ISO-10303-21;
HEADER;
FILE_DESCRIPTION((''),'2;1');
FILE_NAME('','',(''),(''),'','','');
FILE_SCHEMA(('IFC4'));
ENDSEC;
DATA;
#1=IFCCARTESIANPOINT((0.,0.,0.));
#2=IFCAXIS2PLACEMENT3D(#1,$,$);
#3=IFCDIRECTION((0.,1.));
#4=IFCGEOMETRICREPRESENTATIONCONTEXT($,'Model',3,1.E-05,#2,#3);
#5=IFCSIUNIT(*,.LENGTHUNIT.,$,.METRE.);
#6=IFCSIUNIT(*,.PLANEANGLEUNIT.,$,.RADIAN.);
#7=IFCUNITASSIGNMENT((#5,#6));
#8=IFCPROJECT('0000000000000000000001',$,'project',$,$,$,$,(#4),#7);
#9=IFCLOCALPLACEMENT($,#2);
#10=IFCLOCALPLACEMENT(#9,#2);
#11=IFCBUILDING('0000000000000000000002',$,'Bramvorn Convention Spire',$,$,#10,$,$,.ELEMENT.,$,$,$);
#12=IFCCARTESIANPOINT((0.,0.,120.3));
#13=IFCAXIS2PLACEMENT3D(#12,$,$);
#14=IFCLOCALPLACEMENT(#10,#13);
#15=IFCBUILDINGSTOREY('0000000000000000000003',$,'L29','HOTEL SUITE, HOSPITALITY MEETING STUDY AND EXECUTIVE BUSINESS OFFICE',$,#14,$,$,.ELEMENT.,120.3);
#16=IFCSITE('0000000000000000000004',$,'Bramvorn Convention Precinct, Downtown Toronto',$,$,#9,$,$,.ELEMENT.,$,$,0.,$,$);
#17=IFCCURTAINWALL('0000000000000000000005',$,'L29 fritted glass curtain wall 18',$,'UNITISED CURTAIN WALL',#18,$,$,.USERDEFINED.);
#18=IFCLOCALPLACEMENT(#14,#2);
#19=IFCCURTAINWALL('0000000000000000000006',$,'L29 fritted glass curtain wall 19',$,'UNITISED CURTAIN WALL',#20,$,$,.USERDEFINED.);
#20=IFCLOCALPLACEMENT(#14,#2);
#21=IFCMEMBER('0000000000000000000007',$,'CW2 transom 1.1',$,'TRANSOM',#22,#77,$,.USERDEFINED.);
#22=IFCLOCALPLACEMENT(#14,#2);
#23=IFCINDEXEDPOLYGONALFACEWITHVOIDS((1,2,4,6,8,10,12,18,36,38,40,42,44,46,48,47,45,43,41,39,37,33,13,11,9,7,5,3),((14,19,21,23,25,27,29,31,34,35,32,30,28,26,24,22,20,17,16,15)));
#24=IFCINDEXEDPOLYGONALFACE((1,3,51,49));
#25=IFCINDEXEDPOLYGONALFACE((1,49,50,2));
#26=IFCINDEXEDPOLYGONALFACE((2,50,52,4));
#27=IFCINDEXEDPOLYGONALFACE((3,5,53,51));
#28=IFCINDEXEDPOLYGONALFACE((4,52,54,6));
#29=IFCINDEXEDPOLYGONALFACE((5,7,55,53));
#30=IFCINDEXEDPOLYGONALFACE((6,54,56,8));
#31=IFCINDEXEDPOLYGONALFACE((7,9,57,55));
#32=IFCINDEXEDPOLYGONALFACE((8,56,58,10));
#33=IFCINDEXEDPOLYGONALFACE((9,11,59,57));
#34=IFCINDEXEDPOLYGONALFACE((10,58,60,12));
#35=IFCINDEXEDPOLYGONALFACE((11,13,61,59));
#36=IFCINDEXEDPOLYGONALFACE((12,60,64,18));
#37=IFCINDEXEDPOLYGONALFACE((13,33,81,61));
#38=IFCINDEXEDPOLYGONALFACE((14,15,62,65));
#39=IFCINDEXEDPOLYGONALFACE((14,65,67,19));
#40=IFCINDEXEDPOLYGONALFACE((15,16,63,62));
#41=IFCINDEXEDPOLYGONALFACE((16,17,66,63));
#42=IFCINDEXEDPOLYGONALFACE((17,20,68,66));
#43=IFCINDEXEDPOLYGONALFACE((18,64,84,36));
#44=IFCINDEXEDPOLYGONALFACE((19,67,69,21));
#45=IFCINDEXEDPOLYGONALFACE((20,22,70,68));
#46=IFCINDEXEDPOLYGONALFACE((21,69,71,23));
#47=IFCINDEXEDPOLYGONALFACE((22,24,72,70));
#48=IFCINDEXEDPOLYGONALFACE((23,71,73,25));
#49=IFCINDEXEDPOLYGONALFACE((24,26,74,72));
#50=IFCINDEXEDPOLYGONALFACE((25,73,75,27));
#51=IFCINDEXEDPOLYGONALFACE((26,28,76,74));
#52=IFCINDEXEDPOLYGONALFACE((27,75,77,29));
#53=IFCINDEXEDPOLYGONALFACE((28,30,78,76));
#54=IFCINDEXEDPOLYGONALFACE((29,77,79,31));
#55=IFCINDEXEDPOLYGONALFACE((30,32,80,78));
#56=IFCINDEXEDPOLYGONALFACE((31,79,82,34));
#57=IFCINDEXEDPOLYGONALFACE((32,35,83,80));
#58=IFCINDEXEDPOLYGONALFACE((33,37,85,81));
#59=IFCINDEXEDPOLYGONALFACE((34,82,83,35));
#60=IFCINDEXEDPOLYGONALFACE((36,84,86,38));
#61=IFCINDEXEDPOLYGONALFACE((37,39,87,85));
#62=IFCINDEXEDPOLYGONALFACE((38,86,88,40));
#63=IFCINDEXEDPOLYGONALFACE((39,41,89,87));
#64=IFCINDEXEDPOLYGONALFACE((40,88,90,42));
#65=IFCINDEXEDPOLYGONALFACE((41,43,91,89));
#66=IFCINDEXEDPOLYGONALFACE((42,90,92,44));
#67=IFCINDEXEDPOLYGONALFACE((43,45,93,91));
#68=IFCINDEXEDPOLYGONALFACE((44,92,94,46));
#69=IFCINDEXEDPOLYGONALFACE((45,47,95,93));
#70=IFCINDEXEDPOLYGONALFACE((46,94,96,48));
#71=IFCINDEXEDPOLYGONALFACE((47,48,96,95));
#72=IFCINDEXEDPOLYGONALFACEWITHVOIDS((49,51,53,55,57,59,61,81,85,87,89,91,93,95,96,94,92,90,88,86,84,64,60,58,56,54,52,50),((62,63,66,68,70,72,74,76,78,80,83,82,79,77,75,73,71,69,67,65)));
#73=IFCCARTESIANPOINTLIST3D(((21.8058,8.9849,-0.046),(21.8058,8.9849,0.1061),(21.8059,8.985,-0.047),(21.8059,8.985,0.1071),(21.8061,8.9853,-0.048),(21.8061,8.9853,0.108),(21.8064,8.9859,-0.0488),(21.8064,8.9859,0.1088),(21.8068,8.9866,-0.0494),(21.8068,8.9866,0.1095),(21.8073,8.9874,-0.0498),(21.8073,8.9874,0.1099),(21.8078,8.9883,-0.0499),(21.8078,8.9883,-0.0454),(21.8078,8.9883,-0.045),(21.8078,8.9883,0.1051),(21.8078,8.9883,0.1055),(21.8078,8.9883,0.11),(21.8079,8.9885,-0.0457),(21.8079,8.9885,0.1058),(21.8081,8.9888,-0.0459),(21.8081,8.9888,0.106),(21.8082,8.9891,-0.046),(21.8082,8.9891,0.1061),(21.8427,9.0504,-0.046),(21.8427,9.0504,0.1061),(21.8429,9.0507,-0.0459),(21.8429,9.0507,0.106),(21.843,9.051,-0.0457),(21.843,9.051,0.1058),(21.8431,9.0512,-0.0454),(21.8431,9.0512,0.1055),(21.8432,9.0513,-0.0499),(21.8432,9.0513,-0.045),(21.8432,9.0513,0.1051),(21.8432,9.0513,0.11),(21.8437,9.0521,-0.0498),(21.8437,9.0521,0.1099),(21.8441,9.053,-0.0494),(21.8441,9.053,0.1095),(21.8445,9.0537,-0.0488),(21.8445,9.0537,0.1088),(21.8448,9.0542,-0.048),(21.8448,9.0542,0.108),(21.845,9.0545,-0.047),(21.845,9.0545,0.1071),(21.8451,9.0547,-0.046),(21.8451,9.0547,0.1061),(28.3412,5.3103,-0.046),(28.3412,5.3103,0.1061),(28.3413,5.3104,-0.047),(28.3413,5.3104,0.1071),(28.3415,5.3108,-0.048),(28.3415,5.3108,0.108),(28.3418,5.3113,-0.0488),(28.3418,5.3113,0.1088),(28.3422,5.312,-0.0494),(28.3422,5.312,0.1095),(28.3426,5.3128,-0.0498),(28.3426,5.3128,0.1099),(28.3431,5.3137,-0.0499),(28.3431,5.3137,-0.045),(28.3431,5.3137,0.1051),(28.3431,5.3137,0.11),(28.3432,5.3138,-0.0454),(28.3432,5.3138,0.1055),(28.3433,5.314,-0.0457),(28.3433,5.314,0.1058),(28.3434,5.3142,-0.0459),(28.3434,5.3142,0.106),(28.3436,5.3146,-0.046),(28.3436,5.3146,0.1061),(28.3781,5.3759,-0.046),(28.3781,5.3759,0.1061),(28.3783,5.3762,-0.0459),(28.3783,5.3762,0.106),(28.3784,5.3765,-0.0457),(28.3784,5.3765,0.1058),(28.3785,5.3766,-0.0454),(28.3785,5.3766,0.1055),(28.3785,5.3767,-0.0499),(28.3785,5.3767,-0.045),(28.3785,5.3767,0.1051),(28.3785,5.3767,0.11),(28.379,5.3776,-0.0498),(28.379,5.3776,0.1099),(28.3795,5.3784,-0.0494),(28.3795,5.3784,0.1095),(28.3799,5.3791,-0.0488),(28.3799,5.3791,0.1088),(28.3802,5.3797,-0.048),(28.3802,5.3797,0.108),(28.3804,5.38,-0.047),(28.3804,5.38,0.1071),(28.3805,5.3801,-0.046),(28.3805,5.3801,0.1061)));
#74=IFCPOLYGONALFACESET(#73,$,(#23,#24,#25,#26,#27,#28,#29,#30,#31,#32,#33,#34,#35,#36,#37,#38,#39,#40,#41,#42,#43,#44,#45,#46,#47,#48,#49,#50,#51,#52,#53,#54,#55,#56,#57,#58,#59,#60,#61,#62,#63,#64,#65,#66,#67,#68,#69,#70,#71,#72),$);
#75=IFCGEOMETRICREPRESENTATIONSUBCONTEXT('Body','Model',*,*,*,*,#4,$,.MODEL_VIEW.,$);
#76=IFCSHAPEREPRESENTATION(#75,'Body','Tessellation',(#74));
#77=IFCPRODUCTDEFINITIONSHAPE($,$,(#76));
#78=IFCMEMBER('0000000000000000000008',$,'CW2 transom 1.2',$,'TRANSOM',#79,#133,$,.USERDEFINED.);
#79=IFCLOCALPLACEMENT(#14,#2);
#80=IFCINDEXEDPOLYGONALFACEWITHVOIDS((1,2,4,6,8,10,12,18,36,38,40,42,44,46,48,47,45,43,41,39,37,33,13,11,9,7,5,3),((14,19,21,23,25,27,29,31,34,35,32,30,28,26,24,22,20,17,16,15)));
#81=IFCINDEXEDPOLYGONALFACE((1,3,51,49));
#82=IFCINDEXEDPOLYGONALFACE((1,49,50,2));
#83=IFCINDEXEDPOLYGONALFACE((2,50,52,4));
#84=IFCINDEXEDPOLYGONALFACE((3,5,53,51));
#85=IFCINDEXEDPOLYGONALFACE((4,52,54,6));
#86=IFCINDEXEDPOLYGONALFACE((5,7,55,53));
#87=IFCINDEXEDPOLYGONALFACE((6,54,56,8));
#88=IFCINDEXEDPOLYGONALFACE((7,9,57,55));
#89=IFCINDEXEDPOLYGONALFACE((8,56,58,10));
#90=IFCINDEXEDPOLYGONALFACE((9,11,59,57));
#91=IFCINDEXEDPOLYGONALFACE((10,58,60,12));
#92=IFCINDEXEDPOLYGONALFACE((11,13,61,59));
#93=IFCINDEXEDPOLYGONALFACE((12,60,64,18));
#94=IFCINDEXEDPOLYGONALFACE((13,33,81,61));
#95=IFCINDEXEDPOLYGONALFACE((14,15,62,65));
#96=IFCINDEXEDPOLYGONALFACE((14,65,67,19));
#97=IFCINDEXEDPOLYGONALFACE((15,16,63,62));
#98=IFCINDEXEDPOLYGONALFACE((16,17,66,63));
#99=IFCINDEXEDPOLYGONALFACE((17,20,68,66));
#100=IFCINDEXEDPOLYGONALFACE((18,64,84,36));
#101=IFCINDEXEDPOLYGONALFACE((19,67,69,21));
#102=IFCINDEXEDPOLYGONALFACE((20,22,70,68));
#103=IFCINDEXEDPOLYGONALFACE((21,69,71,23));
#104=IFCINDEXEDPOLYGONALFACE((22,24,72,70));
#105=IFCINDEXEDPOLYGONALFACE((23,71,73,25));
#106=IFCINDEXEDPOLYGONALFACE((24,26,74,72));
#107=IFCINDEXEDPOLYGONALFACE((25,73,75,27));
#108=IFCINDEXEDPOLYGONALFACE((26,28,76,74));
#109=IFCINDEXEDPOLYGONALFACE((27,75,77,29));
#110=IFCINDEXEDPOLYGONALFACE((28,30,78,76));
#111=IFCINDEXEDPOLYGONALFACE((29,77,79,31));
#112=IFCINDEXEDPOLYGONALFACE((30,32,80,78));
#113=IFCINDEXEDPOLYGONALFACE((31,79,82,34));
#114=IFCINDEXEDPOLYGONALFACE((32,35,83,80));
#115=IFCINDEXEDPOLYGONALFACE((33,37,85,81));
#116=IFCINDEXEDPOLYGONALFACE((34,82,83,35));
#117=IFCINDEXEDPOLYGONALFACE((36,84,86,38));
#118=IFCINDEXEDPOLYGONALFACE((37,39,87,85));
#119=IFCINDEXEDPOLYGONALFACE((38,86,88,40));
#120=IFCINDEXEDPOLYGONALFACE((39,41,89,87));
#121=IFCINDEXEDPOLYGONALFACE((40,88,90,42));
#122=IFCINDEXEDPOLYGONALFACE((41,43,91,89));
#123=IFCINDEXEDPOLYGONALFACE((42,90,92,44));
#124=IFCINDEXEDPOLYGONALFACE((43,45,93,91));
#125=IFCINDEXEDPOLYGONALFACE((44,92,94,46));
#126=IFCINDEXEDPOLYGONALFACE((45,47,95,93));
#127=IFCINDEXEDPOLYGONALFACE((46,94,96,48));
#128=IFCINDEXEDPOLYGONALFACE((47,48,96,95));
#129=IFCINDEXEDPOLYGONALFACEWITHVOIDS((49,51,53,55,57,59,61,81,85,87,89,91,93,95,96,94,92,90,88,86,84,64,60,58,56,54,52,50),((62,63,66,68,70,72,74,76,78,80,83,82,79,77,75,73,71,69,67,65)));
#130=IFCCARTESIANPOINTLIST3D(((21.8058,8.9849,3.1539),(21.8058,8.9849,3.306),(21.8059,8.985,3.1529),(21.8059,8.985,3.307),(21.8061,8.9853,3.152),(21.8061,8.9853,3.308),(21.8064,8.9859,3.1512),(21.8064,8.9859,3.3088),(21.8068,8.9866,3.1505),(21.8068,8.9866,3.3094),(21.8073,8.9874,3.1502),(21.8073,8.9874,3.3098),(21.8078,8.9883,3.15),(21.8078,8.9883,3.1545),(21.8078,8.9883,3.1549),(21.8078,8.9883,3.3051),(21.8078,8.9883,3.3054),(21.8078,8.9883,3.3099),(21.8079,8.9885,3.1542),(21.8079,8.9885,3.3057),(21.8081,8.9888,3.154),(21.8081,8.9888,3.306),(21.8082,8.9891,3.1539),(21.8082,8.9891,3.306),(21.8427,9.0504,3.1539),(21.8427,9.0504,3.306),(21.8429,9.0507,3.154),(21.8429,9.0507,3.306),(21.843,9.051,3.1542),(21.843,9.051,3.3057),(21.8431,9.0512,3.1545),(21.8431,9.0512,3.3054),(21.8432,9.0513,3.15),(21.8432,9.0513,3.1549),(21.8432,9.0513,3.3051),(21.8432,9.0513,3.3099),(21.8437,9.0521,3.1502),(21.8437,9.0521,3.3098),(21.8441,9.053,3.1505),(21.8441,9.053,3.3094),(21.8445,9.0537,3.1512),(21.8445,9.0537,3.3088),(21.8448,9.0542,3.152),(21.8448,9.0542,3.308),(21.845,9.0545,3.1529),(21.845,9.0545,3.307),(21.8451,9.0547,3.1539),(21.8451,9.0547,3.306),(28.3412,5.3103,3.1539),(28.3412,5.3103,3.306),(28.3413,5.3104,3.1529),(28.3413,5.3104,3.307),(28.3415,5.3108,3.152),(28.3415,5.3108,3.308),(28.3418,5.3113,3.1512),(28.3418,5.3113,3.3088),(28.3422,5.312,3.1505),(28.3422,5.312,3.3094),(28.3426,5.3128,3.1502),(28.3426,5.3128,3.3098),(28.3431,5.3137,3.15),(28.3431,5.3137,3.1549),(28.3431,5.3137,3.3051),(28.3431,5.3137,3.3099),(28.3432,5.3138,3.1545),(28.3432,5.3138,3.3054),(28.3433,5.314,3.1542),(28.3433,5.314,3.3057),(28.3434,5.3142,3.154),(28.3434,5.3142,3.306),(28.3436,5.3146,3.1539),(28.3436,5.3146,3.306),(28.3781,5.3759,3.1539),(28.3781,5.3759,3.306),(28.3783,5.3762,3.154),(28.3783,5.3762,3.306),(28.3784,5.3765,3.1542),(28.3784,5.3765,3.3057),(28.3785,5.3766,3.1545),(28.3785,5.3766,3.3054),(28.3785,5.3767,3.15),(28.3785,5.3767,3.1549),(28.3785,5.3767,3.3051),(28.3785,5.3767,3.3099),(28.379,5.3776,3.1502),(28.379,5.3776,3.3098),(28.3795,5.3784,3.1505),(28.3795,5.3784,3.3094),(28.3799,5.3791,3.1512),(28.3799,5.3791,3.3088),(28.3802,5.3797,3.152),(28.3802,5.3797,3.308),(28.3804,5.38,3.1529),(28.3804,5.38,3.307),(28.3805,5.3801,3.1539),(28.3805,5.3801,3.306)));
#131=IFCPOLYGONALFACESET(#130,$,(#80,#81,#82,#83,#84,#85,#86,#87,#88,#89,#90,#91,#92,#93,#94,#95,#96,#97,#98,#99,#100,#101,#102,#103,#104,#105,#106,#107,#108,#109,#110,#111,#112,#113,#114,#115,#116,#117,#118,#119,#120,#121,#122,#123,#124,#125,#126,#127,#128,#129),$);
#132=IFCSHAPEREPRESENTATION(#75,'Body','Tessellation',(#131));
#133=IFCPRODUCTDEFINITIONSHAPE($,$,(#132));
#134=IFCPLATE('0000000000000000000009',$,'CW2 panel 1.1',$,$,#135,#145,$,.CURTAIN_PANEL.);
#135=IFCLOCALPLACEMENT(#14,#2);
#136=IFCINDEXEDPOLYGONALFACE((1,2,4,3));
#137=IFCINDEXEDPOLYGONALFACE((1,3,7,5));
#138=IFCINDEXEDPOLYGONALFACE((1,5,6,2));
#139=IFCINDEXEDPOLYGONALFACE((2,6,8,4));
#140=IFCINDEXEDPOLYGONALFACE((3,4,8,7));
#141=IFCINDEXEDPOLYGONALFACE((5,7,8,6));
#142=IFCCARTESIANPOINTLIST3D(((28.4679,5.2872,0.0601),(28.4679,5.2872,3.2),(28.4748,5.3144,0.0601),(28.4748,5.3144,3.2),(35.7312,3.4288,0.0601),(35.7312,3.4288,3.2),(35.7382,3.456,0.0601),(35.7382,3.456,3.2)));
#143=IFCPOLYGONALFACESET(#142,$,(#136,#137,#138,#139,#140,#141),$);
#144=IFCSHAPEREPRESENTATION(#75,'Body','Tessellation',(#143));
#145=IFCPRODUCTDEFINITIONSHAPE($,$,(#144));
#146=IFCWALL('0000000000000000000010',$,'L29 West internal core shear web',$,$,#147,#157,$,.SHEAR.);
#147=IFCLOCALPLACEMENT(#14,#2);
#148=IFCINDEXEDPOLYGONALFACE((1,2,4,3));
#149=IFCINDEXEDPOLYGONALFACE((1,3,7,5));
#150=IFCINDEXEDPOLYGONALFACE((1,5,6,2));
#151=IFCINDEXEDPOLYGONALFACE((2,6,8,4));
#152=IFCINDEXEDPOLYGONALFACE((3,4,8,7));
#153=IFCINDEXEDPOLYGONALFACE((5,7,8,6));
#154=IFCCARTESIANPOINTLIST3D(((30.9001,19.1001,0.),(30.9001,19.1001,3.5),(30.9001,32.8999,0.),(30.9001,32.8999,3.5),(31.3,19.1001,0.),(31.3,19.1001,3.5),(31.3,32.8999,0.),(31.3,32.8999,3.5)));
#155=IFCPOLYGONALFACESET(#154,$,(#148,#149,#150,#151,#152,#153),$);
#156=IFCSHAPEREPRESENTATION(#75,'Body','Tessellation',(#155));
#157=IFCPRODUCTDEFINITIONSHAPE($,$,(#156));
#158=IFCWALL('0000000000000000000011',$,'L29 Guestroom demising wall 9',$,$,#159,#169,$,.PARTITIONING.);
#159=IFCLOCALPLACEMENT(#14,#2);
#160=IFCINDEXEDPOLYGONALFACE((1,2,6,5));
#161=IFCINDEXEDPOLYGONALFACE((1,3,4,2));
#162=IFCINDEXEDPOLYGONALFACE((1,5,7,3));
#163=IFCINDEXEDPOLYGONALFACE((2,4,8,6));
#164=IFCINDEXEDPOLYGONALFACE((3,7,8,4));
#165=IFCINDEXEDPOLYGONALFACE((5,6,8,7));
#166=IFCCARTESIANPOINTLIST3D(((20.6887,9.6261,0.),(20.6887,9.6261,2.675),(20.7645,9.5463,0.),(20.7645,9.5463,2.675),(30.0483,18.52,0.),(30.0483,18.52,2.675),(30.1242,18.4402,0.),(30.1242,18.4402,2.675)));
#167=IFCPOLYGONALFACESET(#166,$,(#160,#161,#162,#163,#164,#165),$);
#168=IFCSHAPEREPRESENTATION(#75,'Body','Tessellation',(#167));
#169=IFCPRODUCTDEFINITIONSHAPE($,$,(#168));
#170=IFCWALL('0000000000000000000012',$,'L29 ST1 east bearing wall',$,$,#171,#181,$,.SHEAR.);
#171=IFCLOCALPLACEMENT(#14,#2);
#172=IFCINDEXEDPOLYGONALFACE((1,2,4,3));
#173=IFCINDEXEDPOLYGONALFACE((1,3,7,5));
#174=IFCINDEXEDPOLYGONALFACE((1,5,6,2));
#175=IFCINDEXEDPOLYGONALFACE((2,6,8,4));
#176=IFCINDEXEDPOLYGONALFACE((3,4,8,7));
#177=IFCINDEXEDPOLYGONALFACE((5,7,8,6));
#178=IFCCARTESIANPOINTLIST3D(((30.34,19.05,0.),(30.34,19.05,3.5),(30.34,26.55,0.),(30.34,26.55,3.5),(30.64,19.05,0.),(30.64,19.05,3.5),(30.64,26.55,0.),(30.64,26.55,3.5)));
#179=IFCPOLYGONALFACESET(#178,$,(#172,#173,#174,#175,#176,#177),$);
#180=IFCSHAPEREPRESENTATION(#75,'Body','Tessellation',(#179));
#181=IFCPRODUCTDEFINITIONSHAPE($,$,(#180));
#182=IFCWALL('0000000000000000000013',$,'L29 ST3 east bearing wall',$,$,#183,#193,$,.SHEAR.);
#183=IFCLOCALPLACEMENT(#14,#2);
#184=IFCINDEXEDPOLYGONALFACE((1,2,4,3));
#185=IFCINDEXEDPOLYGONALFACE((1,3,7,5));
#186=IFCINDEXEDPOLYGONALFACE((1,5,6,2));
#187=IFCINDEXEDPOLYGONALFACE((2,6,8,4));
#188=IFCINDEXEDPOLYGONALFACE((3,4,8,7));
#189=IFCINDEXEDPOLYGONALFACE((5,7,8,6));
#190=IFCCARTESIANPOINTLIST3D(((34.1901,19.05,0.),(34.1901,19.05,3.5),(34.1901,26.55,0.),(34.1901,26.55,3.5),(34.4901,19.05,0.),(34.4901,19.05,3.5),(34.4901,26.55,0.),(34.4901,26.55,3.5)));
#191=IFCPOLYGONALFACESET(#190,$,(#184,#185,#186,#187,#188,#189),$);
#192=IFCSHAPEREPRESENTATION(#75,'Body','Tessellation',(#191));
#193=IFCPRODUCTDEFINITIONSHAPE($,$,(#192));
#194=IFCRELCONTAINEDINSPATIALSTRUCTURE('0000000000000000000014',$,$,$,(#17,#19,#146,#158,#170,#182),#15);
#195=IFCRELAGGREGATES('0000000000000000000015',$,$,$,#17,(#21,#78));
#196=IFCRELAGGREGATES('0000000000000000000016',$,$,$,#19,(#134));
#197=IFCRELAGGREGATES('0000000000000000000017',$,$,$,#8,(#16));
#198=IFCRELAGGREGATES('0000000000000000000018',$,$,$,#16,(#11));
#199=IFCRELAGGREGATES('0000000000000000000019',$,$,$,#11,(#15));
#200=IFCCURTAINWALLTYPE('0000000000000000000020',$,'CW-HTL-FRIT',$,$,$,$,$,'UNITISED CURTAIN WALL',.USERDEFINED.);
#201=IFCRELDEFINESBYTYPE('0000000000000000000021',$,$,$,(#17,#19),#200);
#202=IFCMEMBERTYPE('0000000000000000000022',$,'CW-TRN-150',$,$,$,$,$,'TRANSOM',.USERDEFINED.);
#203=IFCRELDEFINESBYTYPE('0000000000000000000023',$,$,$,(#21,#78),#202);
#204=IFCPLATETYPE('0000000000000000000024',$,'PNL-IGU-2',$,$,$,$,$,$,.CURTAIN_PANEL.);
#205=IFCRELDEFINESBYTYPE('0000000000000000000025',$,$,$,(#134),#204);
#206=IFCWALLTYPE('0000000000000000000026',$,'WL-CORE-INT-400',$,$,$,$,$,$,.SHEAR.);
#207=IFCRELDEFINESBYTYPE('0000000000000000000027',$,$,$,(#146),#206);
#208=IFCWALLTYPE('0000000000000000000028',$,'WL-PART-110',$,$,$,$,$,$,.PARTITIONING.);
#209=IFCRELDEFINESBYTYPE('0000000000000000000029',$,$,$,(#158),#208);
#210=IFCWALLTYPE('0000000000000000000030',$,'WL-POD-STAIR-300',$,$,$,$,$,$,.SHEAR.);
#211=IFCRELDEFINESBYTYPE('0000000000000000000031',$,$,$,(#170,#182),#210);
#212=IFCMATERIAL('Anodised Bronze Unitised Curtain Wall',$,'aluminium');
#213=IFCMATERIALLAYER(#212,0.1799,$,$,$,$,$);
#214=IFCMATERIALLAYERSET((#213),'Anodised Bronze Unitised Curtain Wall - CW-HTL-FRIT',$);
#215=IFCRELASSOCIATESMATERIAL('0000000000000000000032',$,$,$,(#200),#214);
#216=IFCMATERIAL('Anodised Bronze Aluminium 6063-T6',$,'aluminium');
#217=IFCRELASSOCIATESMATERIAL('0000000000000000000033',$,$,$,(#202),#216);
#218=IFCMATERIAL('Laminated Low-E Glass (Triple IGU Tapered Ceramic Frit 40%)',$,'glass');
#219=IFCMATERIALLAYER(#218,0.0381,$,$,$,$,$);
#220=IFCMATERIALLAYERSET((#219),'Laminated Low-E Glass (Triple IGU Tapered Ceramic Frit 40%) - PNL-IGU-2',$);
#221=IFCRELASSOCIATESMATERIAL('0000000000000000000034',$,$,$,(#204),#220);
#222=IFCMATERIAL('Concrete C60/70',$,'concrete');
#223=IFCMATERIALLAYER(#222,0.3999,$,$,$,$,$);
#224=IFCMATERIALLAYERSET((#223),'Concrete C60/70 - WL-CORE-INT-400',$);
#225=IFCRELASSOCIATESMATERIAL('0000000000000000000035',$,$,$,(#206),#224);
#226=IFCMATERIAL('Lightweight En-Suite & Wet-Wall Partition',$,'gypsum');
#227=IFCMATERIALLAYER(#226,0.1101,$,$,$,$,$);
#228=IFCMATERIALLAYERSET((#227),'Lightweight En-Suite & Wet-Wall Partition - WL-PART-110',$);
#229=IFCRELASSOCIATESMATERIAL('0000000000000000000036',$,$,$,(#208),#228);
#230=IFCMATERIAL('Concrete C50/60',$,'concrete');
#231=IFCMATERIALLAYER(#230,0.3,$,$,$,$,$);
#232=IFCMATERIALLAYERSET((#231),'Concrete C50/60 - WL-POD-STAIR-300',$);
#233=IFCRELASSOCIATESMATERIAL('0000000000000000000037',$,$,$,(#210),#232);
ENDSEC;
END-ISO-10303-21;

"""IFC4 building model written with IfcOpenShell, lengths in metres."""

from ifc_helpers import new_model, si_unit, direction, frame, frame_2d, origin, origin_2d, place, context, subcontext, project, spatial, rectangle, hollow_rectangle, extrude, material, layer, layer_set, material_profile, profile_set, type_object, element, aggregate, save


model = new_model("IFC4")

# Units and contexts
model_context = context("Model", 3, precision=1e-05, world=origin(), true_north=direction((0.0, 1.0)))
body_context = subcontext(model_context, "Body", "Model", "MODEL_VIEW")
ifc_project = project(units=[si_unit("LENGTHUNIT", "METRE"), si_unit("PLANEANGLEUNIT", "RADIAN")], contexts=[model_context])

# Site, building, storey
site_placement = place(None, origin())
site = spatial("IfcSite", under=ifc_project, at=site_placement, Name="Bramvorn Convention Precinct, Downtown Toronto", CompositionType="ELEMENT", RefElevation=0.0)
building_placement = place(site_placement, origin())
building = spatial("IfcBuilding", under=site, at=building_placement, Name="Bramvorn Convention Spire", CompositionType="ELEMENT")
storey_placement = place(building_placement, frame((0.0, 0.0, 120.3)))
storey = spatial("IfcBuildingStorey", under=building, at=storey_placement, Name="L29", Description="HOTEL SUITE, HOSPITALITY MEETING STUDY AND EXECUTIVE BUSINESS OFFICE", CompositionType="ELEMENT", Elevation=120.3)

# Curtain walls
ifc_material_1 = material(Name="Anodised Bronze Unitised Curtain Wall", Category="aluminium")
ifc_layer_1 = layer(ifc_material_1, 0.1799)
ifc_layer_set_1 = layer_set([ifc_layer_1], Name="Anodised Bronze Unitised Curtain Wall - CW-HTL-FRIT")
curtain_wall_type = type_object("IfcCurtainWallType", Name="CW-HTL-FRIT", ElementType="UNITISED CURTAIN WALL", PredefinedType="USERDEFINED", material=ifc_layer_set_1)
curtain_wall_1_placement = place(storey_placement, origin())
curtain_wall_1 = element("IfcCurtainWall", 1, at=curtain_wall_1_placement, inside=storey, type_object=curtain_wall_type, Name="L29 fritted glass curtain wall 18", ObjectType="UNITISED CURTAIN WALL", PredefinedType="USERDEFINED")
ifc_material_2 = material(Name="Anodised Bronze Aluminium 6063-T6", Category="aluminium")
curtain_wall_2_placement = place(storey_placement, origin())
curtain_wall_2 = element("IfcCurtainWall", 2, at=curtain_wall_2_placement, inside=storey, type_object=curtain_wall_type, Name="L29 fritted glass curtain wall 19", ObjectType="UNITISED CURTAIN WALL", PredefinedType="USERDEFINED")

# Members
ifc_material_profile_1 = material_profile(ifc_material_2, hollow_rectangle(XDim=0.0801, YDim=0.1599, WallThickness=0.0039, InnerFilletRadius=0.001, OuterFilletRadius=0.0039, at=origin_2d()))
ifc_profile_set_1 = profile_set([ifc_material_profile_1], Name="Anodised Bronze Aluminium 6063-T6 - CWT80X160")
member_type_1 = type_object("IfcMemberType", Name="CW-TRN-150", ElementType="TRANSOM", PredefinedType="USERDEFINED", material=ifc_profile_set_1)
member_1_placement = place(storey_placement, frame((28.3608, 5.3452, 0.03), z_axis=(-0.871667, 0.490099, 0.0), x_axis=(-0.490099, -0.871667, 0.0)))
member_1 = element("IfcMember", 3, at=member_1_placement, type_object=member_type_1, Name="CW2 transom 1.1", ObjectType="TRANSOM", PredefinedType="USERDEFINED", context=body_context, shape_type="SweptSolid", body=[
    extrude(hollow_rectangle(XDim=0.0801, YDim=0.1599, WallThickness=0.0039, InnerFilletRadius=0.001, OuterFilletRadius=0.0039, at=origin_2d()), origin(), (0.0, 0.0, 1.0), 7.4976),
])
member_2_placement = place(storey_placement, frame((28.3608, 5.3452, 3.23), z_axis=(-0.871667, 0.490099, 0.0), x_axis=(-0.490099, -0.871667, 0.0)))
member_2 = element("IfcMember", 4, at=member_2_placement, type_object=member_type_1, Name="CW2 transom 1.2", ObjectType="TRANSOM", PredefinedType="USERDEFINED", context=body_context, shape_type="SweptSolid", body=[
    extrude(hollow_rectangle(XDim=0.0801, YDim=0.1599, WallThickness=0.0039, InnerFilletRadius=0.001, OuterFilletRadius=0.0039, at=origin_2d()), origin(), (0.0, 0.0, 1.0), 7.4976),
])
aggregate(curtain_wall_1, [member_1, member_2])

# Plate
ifc_material_3 = material(Name="Laminated Low-E Glass (Triple IGU Tapered Ceramic Frit 40%)", Category="glass")
ifc_layer_2 = layer(ifc_material_3, 0.0381)
ifc_layer_set_2 = layer_set([ifc_layer_2], Name="Laminated Low-E Glass (Triple IGU Tapered Ceramic Frit 40%) - PNL-IGU-2")
plate_type = type_object("IfcPlateType", Name="PNL-IGU-2", PredefinedType="CURTAIN_PANEL", material=ifc_layer_set_2)
plate_placement = place(storey_placement, frame((32.103, 4.3716, 0.0601), z_axis=(0.0, 0.0, 1.0), x_axis=(-0.968791, 0.247879, 0.0)))
plate = element("IfcPlate", 5, at=plate_placement, type_object=plate_type, Name="CW2 panel 1.1", PredefinedType="CURTAIN_PANEL", context=body_context, shape_type="SweptSolid", body=[
    extrude(rectangle(XDim=7.4973, YDim=0.0281, at=origin_2d()), origin(), (0.0, 0.0, 1.0), 3.1399),
])
aggregate(curtain_wall_2, [plate])

# Shared definitions
ifc_material_4 = material(Name="Concrete C50/60", Category="concrete")

# Walls
ifc_material_5 = material(Name="Concrete C60/70", Category="concrete")
ifc_layer_3 = layer(ifc_material_5, 0.3999)
ifc_layer_set_3 = layer_set([ifc_layer_3], Name="Concrete C60/70 - WL-CORE-INT-400")
wall_type_1 = type_object("IfcWallType", Name="WL-CORE-INT-400", PredefinedType="SHEAR", material=ifc_layer_set_3)
wall_1_placement = place(storey_placement, frame((31.1001, 19.1001, 0.0), z_axis=(0.0, 0.0, 1.0), x_axis=(0.0, 1.0, 0.0)))
element("IfcWall", 6, at=wall_1_placement, inside=storey, type_object=wall_type_1, Name="L29 West internal core shear web", PredefinedType="SHEAR", context=body_context, shape_type="SweptSolid", body=[
    extrude(rectangle(XDim=13.7998, YDim=0.3999, at=frame_2d((6.8999, 0.0))), origin(), (0.0, 0.0, 1.0), 3.5),
])
ifc_material_6 = material(Name="Lightweight En-Suite & Wet-Wall Partition", Category="gypsum")
ifc_layer_4 = layer(ifc_material_6, 0.1101)
ifc_layer_set_4 = layer_set([ifc_layer_4], Name="Lightweight En-Suite & Wet-Wall Partition - WL-PART-110")
wall_type_2 = type_object("IfcWallType", Name="WL-PART-110", PredefinedType="PARTITIONING", material=ifc_layer_set_4)
wall_2_placement = place(storey_placement, frame((30.0862, 18.48, 0.0), z_axis=(0.0, 0.0, 1.0), x_axis=(-0.724916, -0.688837, 0.0)))
element("IfcWall", 7, at=wall_2_placement, inside=storey, type_object=wall_type_2, Name="L29 Guestroom demising wall 9", PredefinedType="PARTITIONING", context=body_context, shape_type="SweptSolid", body=[
    extrude(rectangle(XDim=12.9114, YDim=0.1101, at=frame_2d((6.4556, 0.0))), origin(), (0.0, 0.0, 1.0), 2.675),
])
ifc_layer_5 = layer(ifc_material_4, 0.3)
ifc_layer_set_5 = layer_set([ifc_layer_5], Name="Concrete C50/60 - WL-POD-STAIR-300")
wall_type_3 = type_object("IfcWallType", Name="WL-POD-STAIR-300", PredefinedType="SHEAR", material=ifc_layer_set_5)
for number, where, z_axis, x_axis, name in (
    (8, (30.49, 19.05, 0.0), (0.0, 0.0, 1.0), (0.0, 1.0, 0.0), "L29 ST1 east bearing wall"),
    (9, (34.3401, 19.05, 0.0), (0.0, 0.0, 1.0), (0.0, 1.0, 0.0), "L29 ST3 east bearing wall"),
):
    element("IfcWall", number, at=place(storey_placement, frame(where, z_axis=z_axis, x_axis=x_axis)), inside=storey, type_object=wall_type_3, Name=name, PredefinedType="SHEAR", context=body_context, shape_type="SweptSolid", body=[
        extrude(rectangle(XDim=7.5, YDim=0.3, at=frame_2d((3.75, 0.0))), origin(), (0.0, 0.0, 1.0), 3.5),
    ])

save(model, "model.ifc")
